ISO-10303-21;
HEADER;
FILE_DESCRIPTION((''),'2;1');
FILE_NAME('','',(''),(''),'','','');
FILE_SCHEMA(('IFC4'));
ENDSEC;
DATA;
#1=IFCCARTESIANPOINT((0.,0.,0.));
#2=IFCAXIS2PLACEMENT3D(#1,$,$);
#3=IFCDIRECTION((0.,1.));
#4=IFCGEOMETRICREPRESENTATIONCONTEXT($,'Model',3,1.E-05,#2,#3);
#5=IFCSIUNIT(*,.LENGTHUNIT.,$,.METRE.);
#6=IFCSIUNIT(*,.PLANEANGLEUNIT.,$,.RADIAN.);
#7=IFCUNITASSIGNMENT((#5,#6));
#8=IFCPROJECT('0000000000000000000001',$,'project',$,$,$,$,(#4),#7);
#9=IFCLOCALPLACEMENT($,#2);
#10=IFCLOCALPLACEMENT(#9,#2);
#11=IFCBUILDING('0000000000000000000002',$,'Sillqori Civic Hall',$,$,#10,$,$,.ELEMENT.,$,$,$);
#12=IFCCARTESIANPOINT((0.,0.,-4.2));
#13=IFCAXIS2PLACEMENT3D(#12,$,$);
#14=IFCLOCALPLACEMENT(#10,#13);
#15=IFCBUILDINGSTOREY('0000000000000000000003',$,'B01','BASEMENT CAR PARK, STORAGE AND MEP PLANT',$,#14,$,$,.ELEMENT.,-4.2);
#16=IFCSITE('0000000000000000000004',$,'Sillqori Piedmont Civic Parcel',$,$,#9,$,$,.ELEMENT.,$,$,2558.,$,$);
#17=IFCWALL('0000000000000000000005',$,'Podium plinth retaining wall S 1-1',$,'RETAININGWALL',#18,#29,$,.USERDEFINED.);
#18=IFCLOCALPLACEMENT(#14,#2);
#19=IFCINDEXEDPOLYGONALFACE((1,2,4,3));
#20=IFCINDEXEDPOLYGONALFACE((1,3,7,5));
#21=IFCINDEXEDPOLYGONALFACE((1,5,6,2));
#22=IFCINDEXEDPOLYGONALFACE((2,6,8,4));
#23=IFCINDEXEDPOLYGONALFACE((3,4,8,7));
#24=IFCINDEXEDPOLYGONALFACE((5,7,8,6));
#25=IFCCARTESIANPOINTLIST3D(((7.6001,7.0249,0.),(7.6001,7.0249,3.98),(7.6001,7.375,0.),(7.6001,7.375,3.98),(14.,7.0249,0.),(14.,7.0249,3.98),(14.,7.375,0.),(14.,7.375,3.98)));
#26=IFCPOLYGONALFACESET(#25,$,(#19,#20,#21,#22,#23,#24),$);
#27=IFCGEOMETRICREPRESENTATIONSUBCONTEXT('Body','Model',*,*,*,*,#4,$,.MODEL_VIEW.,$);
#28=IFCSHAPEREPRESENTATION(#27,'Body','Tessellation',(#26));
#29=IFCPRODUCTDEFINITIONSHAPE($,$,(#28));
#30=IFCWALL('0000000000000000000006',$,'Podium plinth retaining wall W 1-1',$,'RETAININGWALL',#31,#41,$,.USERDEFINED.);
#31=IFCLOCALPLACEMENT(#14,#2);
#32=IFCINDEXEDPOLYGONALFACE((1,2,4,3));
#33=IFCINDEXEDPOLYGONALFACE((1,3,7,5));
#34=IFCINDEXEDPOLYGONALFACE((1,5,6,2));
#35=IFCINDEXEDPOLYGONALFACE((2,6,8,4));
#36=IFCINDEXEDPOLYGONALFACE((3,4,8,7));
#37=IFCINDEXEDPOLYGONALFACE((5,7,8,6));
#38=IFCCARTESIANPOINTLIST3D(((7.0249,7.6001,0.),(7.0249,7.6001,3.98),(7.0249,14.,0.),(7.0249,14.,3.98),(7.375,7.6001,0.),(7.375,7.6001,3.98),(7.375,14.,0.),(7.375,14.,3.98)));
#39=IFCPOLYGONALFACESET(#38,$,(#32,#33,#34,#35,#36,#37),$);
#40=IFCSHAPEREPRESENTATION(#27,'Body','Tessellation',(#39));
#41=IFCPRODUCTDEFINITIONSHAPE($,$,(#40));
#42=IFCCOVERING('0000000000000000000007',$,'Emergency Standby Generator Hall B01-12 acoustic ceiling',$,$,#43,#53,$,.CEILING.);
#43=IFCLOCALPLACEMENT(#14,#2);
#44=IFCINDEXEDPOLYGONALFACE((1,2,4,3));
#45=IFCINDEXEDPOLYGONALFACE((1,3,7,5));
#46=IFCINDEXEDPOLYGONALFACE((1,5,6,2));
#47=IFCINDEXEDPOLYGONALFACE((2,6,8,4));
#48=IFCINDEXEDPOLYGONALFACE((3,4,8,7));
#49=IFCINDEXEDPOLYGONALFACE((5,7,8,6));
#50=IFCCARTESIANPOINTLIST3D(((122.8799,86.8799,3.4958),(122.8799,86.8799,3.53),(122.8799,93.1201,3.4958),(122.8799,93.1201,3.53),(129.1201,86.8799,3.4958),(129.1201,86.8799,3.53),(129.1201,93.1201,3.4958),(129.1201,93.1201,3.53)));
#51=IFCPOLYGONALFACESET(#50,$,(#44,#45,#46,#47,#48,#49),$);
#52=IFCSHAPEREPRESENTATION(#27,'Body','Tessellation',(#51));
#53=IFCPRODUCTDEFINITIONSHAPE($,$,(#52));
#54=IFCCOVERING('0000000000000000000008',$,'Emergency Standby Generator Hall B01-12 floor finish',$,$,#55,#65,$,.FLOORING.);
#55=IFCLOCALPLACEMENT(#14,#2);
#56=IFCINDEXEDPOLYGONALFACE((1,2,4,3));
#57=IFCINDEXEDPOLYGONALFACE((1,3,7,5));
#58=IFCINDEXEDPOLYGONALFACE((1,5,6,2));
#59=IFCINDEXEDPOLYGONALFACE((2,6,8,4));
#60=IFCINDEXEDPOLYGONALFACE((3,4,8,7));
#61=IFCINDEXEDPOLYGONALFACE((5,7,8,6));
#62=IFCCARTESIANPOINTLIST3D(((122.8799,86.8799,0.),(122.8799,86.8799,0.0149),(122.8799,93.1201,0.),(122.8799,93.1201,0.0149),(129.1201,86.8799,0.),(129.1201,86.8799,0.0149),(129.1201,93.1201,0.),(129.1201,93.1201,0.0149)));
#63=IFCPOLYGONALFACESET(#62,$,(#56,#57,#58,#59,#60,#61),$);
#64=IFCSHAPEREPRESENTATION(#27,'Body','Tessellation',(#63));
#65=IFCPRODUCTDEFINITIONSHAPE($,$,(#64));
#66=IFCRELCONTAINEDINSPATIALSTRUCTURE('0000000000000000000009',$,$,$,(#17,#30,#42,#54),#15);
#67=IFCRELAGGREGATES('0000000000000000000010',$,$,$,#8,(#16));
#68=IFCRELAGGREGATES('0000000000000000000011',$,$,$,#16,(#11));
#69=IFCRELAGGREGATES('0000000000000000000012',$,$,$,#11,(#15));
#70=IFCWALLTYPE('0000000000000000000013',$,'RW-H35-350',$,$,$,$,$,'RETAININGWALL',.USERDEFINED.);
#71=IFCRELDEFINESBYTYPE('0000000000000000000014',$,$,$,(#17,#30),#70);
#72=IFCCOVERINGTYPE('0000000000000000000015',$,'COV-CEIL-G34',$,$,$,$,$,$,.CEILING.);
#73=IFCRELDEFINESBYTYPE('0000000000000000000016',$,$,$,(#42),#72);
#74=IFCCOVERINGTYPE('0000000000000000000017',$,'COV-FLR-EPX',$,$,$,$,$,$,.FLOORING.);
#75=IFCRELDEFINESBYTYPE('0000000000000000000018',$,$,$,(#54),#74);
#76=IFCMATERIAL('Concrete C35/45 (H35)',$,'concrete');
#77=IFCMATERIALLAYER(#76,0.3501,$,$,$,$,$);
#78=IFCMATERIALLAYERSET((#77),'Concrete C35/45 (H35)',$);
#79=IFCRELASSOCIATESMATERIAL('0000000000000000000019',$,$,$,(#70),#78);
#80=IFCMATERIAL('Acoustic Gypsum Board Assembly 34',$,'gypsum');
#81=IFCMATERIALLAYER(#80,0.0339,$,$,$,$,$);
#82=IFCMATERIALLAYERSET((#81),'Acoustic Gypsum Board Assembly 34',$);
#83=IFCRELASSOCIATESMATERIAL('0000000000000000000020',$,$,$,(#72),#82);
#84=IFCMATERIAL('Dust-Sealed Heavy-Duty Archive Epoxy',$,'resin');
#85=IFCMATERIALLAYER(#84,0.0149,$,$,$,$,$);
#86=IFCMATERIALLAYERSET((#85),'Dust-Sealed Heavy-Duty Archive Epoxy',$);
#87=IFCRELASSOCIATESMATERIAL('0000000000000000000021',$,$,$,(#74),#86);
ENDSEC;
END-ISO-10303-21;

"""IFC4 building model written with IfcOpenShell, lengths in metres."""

from ifc_helpers import new_model, si_unit, direction, frame, frame_2d, origin, place, context, subcontext, project, spatial, polyline, rectangle, outline, extrude, material, layer, layer_set, type_object, element, save


model = new_model("IFC4")

# Units and contexts
model_context = context("Model", 3, precision=1e-05, world=origin(), true_north=direction((0.0, 1.0)))
body_context = subcontext(model_context, "Body", "Model", "MODEL_VIEW")
ifc_project = project(units=[si_unit("LENGTHUNIT", "METRE"), si_unit("PLANEANGLEUNIT", "RADIAN")], contexts=[model_context])

# Site, building, storey
site_placement = place(None, origin())
site = spatial("IfcSite", under=ifc_project, at=site_placement, Name="Sillqori Piedmont Civic Parcel", CompositionType="ELEMENT", RefElevation=2558.0)
building_placement = place(site_placement, origin())
building = spatial("IfcBuilding", under=site, at=building_placement, Name="Sillqori Civic Hall", CompositionType="ELEMENT")
storey_placement = place(building_placement, frame((0.0, 0.0, -4.2)))
storey = spatial("IfcBuildingStorey", under=building, at=storey_placement, Name="B01", Description="BASEMENT CAR PARK, STORAGE AND MEP PLANT", CompositionType="ELEMENT", Elevation=-4.2)

# Shared definitions
ifc_material_1 = material(Name="Concrete C35/45 (H35)", Category="concrete")

# Walls
ifc_layer_1 = layer(ifc_material_1, 0.3501)
ifc_layer_set_1 = layer_set([ifc_layer_1], Name="Concrete C35/45 (H35)")
wall_type = type_object("IfcWallType", Name="RW-H35-350", ElementType="RETAININGWALL", PredefinedType="USERDEFINED", material=ifc_layer_set_1)
for number, where, z_axis, x_axis, name in (
    (1, (7.6001, 7.2, 0.0), (0.0, 0.0, 1.0), (1.0, 0.0, 0.0), "Podium plinth retaining wall S 1-1"),
    (2, (7.2, 7.6001, 0.0), (0.0, 0.0, 1.0), (0.0, 1.0, 0.0), "Podium plinth retaining wall W 1-1"),
):
    element("IfcWall", number, at=place(storey_placement, frame(where, z_axis=z_axis, x_axis=x_axis)), inside=storey, type_object=wall_type, Name=name, ObjectType="RETAININGWALL", PredefinedType="USERDEFINED", context=body_context, shape_type="SweptSolid", body=[
        extrude(rectangle(XDim=6.3999, YDim=0.3501, at=frame_2d((3.2, 0.0))), origin(), (0.0, 0.0, 1.0), 3.98),
    ])

# Coverings
ifc_material_2 = material(Name="Acoustic Gypsum Board Assembly 34", Category="gypsum")
ifc_layer_2 = layer(ifc_material_2, 0.0339)
ifc_layer_set_2 = layer_set([ifc_layer_2], Name="Acoustic Gypsum Board Assembly 34")
covering_type_1 = type_object("IfcCoveringType", Name="COV-CEIL-G34", PredefinedType="CEILING", material=ifc_layer_set_2)
covering_1_placement = place(storey_placement, frame((0.0, 0.0, 3.4958)))
element("IfcCovering", 3, at=covering_1_placement, inside=storey, type_object=covering_type_1, Name="Emergency Standby Generator Hall B01-12 acoustic ceiling", PredefinedType="CEILING", context=body_context, shape_type="SweptSolid", body=[
    extrude(outline(polyline([(122.8799, 86.8799), (129.1201, 86.8799), (129.1201, 93.1201), (122.8799, 93.1201), (122.8799, 86.8799)])), origin(), (0.0, 0.0, 1.0), 0.0342),
])
ifc_material_3 = material(Name="Dust-Sealed Heavy-Duty Archive Epoxy", Category="resin")
ifc_layer_3 = layer(ifc_material_3, 0.0149)
ifc_layer_set_3 = layer_set([ifc_layer_3], Name="Dust-Sealed Heavy-Duty Archive Epoxy")
covering_type_2 = type_object("IfcCoveringType", Name="COV-FLR-EPX", PredefinedType="FLOORING", material=ifc_layer_set_3)
covering_2_placement = place(storey_placement, origin())
element("IfcCovering", 4, at=covering_2_placement, inside=storey, type_object=covering_type_2, Name="Emergency Standby Generator Hall B01-12 floor finish", PredefinedType="FLOORING", context=body_context, shape_type="SweptSolid", body=[
    extrude(outline(polyline([(122.8799, 86.8799), (129.1201, 86.8799), (129.1201, 93.1201), (122.8799, 93.1201), (122.8799, 86.8799)])), origin(), (0.0, 0.0, 1.0), 0.0149),
])

save(model, "model.ifc")
